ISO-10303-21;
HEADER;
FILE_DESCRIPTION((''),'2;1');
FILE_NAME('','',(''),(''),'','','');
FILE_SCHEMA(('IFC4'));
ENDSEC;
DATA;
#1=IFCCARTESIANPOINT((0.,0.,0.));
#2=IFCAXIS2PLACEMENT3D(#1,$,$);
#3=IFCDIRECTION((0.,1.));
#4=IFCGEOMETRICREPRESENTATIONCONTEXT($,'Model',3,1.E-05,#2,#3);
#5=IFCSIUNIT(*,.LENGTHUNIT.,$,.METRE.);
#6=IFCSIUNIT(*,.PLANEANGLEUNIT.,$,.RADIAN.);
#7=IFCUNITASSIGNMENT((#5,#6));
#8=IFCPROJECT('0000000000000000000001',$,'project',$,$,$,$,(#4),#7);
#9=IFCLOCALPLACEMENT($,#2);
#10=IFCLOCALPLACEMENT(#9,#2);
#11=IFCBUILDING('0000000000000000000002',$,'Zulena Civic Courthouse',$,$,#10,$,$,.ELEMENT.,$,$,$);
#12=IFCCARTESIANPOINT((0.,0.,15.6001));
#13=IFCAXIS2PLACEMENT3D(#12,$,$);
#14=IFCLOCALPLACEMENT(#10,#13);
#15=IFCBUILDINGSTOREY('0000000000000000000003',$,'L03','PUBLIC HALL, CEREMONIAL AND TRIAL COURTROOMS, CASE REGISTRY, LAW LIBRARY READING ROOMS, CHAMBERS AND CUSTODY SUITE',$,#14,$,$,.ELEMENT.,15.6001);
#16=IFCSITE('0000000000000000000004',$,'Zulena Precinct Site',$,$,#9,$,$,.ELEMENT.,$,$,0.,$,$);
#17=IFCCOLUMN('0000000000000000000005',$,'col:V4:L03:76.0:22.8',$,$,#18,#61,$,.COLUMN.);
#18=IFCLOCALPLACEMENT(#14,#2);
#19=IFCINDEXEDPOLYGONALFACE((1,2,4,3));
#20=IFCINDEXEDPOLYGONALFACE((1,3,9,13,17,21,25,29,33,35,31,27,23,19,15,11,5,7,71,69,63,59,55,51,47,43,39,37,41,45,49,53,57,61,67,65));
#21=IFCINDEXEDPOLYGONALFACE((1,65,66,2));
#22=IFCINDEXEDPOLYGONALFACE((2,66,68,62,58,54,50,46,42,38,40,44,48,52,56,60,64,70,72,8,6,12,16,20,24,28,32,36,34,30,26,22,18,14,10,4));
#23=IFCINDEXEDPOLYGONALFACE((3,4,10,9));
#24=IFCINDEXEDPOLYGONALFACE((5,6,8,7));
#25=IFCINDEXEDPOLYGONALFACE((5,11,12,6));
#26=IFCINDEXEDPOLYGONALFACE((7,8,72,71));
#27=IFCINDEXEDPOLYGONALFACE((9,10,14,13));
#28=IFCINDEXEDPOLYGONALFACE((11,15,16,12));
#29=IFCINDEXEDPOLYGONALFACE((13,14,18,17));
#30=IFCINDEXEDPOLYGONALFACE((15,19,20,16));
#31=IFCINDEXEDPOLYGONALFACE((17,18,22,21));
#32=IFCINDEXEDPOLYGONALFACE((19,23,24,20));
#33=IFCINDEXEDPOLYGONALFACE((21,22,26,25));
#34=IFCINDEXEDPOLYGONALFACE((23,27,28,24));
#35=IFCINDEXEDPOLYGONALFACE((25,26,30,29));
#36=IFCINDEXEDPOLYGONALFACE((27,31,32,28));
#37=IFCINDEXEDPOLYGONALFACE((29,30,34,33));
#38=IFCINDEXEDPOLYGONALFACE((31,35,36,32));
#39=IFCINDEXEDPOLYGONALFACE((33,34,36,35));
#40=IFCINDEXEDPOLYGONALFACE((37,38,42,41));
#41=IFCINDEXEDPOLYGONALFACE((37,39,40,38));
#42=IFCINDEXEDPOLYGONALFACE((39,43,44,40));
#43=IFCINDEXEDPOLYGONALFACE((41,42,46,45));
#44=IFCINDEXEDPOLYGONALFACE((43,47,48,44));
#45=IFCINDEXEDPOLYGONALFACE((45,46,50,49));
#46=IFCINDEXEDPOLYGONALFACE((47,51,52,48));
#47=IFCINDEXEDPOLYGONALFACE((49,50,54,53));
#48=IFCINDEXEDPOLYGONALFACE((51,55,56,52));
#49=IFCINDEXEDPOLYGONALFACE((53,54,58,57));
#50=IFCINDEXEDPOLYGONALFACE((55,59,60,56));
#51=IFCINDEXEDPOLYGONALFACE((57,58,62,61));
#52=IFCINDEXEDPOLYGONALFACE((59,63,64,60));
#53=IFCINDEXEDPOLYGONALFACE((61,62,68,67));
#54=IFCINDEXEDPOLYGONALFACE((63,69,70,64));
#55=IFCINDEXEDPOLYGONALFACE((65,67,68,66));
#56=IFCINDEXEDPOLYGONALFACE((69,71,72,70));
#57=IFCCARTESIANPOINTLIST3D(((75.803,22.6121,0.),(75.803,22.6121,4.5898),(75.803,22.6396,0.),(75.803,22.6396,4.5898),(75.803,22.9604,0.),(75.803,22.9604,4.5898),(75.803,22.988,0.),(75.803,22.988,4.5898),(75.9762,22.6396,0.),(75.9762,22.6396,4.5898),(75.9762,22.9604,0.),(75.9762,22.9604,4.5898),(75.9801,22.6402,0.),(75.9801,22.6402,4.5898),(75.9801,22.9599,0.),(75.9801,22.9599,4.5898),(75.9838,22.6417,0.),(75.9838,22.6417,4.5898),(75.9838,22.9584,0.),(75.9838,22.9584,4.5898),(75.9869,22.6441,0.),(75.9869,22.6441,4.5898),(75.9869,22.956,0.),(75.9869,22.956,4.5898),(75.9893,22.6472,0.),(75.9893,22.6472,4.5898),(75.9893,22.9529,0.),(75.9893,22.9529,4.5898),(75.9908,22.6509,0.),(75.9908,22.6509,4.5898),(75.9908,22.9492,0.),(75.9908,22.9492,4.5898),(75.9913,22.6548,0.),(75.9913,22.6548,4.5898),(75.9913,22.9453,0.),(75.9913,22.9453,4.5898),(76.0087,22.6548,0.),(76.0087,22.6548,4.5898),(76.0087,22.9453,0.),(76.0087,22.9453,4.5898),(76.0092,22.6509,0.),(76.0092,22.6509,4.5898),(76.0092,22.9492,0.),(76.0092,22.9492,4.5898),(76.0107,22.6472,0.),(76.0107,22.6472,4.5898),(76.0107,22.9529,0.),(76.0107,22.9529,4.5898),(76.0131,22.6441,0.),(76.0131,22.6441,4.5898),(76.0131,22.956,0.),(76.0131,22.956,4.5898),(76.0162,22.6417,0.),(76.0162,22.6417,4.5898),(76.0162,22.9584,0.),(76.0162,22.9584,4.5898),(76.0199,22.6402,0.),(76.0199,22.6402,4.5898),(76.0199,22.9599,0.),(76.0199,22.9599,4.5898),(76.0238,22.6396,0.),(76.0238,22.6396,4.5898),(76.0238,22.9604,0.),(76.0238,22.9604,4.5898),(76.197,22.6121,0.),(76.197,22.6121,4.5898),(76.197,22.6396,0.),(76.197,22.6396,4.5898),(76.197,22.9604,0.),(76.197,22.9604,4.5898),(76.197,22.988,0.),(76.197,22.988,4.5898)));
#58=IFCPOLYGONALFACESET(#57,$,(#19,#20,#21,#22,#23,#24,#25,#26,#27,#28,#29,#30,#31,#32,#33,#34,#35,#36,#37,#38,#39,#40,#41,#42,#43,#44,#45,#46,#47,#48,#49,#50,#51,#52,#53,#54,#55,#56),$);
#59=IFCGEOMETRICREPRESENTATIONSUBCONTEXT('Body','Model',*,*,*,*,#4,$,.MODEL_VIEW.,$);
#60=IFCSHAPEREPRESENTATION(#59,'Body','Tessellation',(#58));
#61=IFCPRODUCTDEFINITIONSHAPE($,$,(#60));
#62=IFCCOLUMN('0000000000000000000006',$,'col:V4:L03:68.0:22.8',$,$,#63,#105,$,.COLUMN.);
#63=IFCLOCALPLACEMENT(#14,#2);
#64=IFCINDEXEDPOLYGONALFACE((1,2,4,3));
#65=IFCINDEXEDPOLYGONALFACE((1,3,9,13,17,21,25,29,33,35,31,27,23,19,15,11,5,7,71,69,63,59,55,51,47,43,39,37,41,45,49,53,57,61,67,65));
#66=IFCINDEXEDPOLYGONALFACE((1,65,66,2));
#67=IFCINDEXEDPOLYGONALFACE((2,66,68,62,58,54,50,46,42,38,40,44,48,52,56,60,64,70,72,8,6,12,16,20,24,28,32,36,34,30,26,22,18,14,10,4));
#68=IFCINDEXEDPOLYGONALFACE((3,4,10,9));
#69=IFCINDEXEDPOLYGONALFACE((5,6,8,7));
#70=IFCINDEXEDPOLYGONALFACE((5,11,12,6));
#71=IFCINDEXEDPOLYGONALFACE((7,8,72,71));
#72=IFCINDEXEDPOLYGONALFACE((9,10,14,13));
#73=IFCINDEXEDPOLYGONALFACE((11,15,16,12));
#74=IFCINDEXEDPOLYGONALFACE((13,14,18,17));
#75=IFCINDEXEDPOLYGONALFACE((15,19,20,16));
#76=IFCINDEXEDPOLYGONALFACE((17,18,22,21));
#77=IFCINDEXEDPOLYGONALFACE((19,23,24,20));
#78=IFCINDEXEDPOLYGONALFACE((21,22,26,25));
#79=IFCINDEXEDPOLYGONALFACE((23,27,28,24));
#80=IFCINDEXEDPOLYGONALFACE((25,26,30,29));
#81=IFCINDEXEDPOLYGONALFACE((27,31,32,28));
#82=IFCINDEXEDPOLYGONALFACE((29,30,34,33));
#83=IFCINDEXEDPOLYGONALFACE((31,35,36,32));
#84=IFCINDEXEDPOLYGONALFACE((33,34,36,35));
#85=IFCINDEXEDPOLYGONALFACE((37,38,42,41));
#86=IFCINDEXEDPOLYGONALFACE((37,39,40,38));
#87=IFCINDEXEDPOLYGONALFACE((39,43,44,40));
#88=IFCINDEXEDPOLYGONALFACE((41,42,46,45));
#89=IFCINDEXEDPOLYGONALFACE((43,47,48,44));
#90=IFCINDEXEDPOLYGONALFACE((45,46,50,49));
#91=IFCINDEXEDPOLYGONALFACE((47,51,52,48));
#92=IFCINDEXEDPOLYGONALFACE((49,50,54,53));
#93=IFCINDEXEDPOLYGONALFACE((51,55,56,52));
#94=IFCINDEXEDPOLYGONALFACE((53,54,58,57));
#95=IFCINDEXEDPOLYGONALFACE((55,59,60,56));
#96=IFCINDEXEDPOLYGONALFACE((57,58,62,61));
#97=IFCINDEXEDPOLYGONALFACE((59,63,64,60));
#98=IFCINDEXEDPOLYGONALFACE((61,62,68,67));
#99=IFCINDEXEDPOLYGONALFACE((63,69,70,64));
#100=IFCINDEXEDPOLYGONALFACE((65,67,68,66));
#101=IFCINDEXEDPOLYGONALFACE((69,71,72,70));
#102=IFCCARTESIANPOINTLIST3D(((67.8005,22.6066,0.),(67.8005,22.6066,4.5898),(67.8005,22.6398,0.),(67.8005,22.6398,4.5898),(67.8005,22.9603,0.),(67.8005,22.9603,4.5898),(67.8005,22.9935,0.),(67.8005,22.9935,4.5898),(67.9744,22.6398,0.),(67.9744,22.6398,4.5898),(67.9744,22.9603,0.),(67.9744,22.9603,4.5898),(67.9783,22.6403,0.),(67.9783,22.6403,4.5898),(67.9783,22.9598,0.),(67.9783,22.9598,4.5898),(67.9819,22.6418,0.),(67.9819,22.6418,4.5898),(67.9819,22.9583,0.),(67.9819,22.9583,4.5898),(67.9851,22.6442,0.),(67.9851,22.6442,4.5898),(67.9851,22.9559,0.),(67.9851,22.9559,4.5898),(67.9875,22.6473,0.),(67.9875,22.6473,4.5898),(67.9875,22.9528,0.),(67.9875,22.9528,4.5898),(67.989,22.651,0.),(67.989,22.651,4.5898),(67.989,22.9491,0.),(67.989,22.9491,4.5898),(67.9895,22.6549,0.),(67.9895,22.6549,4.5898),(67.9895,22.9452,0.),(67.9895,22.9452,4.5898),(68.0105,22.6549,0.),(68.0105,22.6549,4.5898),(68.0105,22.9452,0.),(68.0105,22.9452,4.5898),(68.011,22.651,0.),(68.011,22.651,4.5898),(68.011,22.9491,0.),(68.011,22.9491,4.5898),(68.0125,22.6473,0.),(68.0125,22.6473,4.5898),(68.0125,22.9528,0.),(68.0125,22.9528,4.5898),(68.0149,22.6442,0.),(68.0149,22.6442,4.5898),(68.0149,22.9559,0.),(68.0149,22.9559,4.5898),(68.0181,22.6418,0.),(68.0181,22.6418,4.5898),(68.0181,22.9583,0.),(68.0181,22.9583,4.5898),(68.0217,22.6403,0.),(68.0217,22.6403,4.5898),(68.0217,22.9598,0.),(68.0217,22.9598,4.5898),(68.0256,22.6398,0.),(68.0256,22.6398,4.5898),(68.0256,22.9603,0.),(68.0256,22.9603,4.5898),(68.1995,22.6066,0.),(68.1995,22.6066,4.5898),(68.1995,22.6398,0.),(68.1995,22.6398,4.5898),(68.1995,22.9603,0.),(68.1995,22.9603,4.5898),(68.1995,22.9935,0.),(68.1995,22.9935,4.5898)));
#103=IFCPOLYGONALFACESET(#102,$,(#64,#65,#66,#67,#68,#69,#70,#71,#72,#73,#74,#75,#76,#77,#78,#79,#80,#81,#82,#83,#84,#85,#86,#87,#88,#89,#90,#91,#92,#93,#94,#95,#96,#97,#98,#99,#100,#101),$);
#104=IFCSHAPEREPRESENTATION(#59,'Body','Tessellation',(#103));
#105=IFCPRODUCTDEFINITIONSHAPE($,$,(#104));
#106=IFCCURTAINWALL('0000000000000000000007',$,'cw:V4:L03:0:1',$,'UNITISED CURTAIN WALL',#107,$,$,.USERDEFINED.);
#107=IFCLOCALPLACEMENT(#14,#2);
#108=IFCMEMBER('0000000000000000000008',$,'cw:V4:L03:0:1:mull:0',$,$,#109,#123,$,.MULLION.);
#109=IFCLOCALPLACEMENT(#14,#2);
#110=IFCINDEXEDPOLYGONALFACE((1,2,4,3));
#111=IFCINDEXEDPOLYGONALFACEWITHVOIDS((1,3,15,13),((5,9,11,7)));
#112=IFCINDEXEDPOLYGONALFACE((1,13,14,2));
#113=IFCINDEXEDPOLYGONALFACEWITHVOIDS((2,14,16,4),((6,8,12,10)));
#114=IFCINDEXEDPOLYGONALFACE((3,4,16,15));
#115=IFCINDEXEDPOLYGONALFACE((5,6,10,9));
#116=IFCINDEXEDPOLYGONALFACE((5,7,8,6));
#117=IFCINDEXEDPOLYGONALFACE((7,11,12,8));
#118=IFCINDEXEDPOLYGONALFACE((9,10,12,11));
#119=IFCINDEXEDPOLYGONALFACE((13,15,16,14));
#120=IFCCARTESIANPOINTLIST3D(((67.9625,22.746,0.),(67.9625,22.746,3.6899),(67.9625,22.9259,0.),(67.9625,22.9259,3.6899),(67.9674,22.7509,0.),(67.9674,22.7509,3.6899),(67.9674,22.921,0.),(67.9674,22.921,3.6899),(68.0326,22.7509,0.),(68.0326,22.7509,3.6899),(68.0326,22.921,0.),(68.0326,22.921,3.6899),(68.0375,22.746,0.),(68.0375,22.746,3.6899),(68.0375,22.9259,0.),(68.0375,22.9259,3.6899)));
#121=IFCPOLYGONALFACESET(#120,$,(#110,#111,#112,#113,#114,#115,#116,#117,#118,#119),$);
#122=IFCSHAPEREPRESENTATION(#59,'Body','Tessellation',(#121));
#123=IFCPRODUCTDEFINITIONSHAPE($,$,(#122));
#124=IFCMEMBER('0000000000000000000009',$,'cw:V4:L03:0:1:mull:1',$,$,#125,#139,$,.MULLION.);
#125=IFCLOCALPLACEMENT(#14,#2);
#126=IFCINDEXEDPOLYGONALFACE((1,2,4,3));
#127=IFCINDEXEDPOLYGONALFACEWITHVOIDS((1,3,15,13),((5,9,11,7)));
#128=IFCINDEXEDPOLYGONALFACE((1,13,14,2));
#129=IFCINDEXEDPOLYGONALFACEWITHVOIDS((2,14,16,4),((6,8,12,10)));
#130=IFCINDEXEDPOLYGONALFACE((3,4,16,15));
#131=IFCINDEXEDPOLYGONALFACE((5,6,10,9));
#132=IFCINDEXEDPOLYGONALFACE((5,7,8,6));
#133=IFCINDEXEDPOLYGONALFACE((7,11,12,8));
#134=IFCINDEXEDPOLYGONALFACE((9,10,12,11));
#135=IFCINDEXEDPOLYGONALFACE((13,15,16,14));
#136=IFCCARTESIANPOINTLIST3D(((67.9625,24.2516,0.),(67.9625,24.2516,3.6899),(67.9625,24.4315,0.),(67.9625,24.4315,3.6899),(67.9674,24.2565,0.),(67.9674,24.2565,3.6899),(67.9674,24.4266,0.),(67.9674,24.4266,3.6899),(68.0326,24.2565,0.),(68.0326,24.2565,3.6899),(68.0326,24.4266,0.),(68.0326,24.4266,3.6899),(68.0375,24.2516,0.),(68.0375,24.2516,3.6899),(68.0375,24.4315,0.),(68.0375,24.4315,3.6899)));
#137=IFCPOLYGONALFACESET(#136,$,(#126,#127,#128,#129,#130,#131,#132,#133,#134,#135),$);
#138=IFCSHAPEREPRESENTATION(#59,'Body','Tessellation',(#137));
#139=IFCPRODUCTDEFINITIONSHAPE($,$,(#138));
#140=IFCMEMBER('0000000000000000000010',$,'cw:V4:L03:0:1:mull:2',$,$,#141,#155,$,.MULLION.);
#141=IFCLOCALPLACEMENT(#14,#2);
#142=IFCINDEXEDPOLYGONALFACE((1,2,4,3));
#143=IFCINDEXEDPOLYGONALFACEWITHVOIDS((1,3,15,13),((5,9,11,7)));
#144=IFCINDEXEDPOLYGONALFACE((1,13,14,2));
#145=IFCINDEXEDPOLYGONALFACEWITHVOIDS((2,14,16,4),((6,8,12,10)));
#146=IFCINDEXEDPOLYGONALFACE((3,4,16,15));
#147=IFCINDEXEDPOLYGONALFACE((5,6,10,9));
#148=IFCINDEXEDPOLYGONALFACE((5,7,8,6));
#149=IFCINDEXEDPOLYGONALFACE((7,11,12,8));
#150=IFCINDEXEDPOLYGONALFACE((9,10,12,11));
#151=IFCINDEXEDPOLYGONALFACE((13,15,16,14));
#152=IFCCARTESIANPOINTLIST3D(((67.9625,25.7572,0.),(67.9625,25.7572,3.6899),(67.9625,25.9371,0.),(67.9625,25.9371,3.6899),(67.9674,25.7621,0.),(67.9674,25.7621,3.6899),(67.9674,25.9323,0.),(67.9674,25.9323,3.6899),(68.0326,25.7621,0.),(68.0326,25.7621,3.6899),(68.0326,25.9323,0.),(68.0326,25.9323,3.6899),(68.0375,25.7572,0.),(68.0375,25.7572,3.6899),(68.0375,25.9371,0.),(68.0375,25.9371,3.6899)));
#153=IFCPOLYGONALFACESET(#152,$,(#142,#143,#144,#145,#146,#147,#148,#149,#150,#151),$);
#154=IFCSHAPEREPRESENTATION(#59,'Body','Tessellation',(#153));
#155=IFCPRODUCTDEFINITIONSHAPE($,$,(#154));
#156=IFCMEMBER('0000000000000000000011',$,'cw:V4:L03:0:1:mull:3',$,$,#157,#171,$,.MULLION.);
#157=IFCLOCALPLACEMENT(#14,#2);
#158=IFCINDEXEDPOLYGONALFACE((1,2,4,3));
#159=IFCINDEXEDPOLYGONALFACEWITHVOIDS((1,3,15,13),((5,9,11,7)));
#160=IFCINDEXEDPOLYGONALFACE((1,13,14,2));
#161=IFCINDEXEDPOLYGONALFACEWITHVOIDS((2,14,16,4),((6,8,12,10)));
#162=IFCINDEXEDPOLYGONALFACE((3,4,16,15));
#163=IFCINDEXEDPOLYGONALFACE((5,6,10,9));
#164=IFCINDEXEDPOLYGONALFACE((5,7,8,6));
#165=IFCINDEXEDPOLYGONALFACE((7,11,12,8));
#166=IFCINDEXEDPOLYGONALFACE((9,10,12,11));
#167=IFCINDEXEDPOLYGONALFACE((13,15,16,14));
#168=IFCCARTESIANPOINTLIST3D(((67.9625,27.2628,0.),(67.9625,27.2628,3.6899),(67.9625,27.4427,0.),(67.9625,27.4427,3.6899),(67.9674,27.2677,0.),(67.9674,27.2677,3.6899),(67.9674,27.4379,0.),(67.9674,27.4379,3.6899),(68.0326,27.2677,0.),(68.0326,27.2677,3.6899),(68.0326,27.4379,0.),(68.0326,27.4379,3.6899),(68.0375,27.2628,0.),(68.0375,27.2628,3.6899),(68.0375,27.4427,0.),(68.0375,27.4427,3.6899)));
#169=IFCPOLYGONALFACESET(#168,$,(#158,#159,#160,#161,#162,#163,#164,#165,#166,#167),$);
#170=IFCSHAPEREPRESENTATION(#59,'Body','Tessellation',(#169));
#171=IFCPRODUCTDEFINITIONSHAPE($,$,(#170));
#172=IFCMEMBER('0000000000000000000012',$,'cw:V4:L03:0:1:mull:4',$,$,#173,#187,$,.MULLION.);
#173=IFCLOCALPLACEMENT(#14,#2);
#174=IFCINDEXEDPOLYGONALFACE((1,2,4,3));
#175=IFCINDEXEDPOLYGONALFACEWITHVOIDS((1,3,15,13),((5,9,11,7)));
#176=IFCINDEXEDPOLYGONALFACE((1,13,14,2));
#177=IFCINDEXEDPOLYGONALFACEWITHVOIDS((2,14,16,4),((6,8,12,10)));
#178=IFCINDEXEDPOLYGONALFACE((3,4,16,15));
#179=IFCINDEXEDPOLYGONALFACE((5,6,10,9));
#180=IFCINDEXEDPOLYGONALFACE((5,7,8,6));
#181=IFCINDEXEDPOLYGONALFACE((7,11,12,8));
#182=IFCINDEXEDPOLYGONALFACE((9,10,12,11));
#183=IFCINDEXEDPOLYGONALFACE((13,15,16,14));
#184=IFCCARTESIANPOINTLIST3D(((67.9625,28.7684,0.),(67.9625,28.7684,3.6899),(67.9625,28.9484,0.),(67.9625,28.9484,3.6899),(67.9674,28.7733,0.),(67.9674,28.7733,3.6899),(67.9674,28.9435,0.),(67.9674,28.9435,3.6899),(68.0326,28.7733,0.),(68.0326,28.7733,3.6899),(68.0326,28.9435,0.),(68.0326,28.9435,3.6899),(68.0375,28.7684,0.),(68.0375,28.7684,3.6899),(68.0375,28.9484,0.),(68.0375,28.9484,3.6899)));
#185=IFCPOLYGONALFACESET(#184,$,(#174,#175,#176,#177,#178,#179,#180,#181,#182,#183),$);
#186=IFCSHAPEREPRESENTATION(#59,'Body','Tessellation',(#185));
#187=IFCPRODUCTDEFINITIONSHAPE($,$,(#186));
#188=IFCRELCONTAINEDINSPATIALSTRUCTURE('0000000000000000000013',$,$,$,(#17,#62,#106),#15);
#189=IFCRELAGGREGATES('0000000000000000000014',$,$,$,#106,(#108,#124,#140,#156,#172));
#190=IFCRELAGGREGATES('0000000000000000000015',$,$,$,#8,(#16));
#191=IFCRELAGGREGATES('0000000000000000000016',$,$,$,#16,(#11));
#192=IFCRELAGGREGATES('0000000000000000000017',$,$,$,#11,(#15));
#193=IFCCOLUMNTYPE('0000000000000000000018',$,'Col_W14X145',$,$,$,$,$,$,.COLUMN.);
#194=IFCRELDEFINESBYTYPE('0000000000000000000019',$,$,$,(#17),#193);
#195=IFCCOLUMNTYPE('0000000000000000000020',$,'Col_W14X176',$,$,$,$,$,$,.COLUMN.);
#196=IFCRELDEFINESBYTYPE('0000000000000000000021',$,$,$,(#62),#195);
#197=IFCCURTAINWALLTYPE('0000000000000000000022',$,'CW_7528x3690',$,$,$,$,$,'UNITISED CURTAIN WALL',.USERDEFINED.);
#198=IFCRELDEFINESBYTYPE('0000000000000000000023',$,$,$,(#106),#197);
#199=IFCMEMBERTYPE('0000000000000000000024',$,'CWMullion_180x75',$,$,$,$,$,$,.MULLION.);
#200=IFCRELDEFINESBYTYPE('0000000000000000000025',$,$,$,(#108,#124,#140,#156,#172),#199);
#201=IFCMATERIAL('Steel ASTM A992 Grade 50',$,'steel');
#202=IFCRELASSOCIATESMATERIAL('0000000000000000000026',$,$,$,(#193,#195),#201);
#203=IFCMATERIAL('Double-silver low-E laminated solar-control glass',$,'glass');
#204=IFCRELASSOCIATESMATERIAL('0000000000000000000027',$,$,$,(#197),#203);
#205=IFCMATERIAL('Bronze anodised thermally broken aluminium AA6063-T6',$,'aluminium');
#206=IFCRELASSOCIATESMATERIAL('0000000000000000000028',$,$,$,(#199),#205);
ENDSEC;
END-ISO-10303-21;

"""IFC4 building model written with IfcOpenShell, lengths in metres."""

from ifc_helpers import new_model, si_unit, direction, frame, origin, origin_2d, place, context, subcontext, project, spatial, hollow_rectangle, i_section, extrude, material, material_profile, profile_set, type_object, element, aggregate, save


model = new_model("IFC4")

# Units and contexts
model_context = context("Model", 3, precision=1e-05, world=origin(), true_north=direction((0.0, 1.0)))
body_context = subcontext(model_context, "Body", "Model", "MODEL_VIEW")
ifc_project = project(units=[si_unit("LENGTHUNIT", "METRE"), si_unit("PLANEANGLEUNIT", "RADIAN")], contexts=[model_context])

# Site, building, storey
site_placement = place(None, origin())
site = spatial("IfcSite", under=ifc_project, at=site_placement, Name="Zulena Precinct Site", CompositionType="ELEMENT", RefElevation=0.0)
building_placement = place(site_placement, origin())
building = spatial("IfcBuilding", under=site, at=building_placement, Name="Zulena Civic Courthouse", CompositionType="ELEMENT")
storey_placement = place(building_placement, frame((0.0, 0.0, 15.6001)))
storey = spatial("IfcBuildingStorey", under=building, at=storey_placement, Name="L03", Description="PUBLIC HALL, CEREMONIAL AND TRIAL COURTROOMS, CASE REGISTRY, LAW LIBRARY READING ROOMS, CHAMBERS AND CUSTODY SUITE", CompositionType="ELEMENT", Elevation=15.6001)

# Columns
ifc_material_1 = material(Name="Steel ASTM A992 Grade 50", Category="steel")
ifc_material_profile_1 = material_profile(ifc_material_1, i_section(OverallWidth=0.394, OverallDepth=0.376, WebThickness=0.0173, FlangeThickness=0.0276, FilletRadius=0.0151, at=origin_2d()), Name="W14X145")
ifc_profile_set_1 = profile_set([ifc_material_profile_1], Name="Steel ASTM A992 Grade 50")
column_type_1 = type_object("IfcColumnType", Name="Col_W14X145", PredefinedType="COLUMN", material=ifc_profile_set_1)
column_1_placement = place(storey_placement, frame((76.0, 22.8, 0.0), z_axis=(0.0, 0.0, 1.0), x_axis=(1.0, 0.0, 0.0)))
element("IfcColumn", 1, at=column_1_placement, inside=storey, type_object=column_type_1, Name="col:V4:L03:76.0:22.8", PredefinedType="COLUMN", context=body_context, shape_type="SweptSolid", body=[
    extrude(i_section(OverallWidth=0.394, OverallDepth=0.376, WebThickness=0.0173, FlangeThickness=0.0276, FilletRadius=0.0151, at=origin_2d()), origin(), (0.0, 0.0, 1.0), 4.5898),
])
ifc_material_profile_2 = material_profile(ifc_material_1, i_section(OverallWidth=0.3989, OverallDepth=0.387, WebThickness=0.021, FlangeThickness=0.0332, FilletRadius=0.0151, at=origin_2d()), Name="W14X176")
ifc_profile_set_2 = profile_set([ifc_material_profile_2], Name="Steel ASTM A992 Grade 50")
column_type_2 = type_object("IfcColumnType", Name="Col_W14X176", PredefinedType="COLUMN", material=ifc_profile_set_2)
column_2_placement = place(storey_placement, frame((68.0, 22.8, 0.0), z_axis=(0.0, 0.0, 1.0), x_axis=(1.0, 0.0, 0.0)))
element("IfcColumn", 2, at=column_2_placement, inside=storey, type_object=column_type_2, Name="col:V4:L03:68.0:22.8", PredefinedType="COLUMN", context=body_context, shape_type="SweptSolid", body=[
    extrude(i_section(OverallWidth=0.3989, OverallDepth=0.387, WebThickness=0.021, FlangeThickness=0.0332, FilletRadius=0.0151, at=origin_2d()), origin(), (0.0, 0.0, 1.0), 4.5898),
])

# Curtain wall, members
ifc_material_2 = material(Name="Double-silver low-E laminated solar-control glass", Category="glass")
curtain_wall_type = type_object("IfcCurtainWallType", Name="CW_7528x3690", ElementType="UNITISED CURTAIN WALL", PredefinedType="USERDEFINED", material=ifc_material_2)
curtain_wall_placement = place(storey_placement, origin())
curtain_wall = element("IfcCurtainWall", 3, at=curtain_wall_placement, inside=storey, type_object=curtain_wall_type, Name="cw:V4:L03:0:1", ObjectType="UNITISED CURTAIN WALL", PredefinedType="USERDEFINED")
ifc_material_3 = material(Name="Bronze anodised thermally broken aluminium AA6063-T6", Category="aluminium")
ifc_material_profile_3 = material_profile(ifc_material_3, hollow_rectangle(XDim=0.075, YDim=0.1799, WallThickness=0.0049, at=origin_2d()), Name="CWM180X75X5")
ifc_profile_set_3 = profile_set([ifc_material_profile_3], Name="Bronze anodised thermally broken aluminium AA6063-T6")
member_type_1 = type_object("IfcMemberType", Name="CWMullion_180x75", PredefinedType="MULLION", material=ifc_profile_set_3)
member_1_placement = place(storey_placement, frame((68.0, 22.8359, 0.0), z_axis=(0.0, 0.0, 1.0), x_axis=(1.0, 0.0, 0.0)))
member_1 = element("IfcMember", 4, at=member_1_placement, type_object=member_type_1, Name="cw:V4:L03:0:1:mull:0", PredefinedType="MULLION", context=body_context, shape_type="SweptSolid", body=[
    extrude(hollow_rectangle(XDim=0.075, YDim=0.1799, WallThickness=0.0049, at=origin_2d()), origin(), (0.0, 0.0, 1.0), 3.6899),
])
member_2_placement = place(storey_placement, frame((68.0, 24.3416, 0.0), z_axis=(0.0, 0.0, 1.0), x_axis=(1.0, 0.0, 0.0)))
member_2 = element("IfcMember", 5, at=member_2_placement, type_object=member_type_1, Name="cw:V4:L03:0:1:mull:1", PredefinedType="MULLION", context=body_context, shape_type="SweptSolid", body=[
    extrude(hollow_rectangle(XDim=0.075, YDim=0.1799, WallThickness=0.0049, at=origin_2d()), origin(), (0.0, 0.0, 1.0), 3.6899),
])
member_3_placement = place(storey_placement, frame((68.0, 25.8472, 0.0), z_axis=(0.0, 0.0, 1.0), x_axis=(1.0, 0.0, 0.0)))
member_3 = element("IfcMember", 6, at=member_3_placement, type_object=member_type_1, Name="cw:V4:L03:0:1:mull:2", PredefinedType="MULLION", context=body_context, shape_type="SweptSolid", body=[
    extrude(hollow_rectangle(XDim=0.075, YDim=0.1799, WallThickness=0.0049, at=origin_2d()), origin(), (0.0, 0.0, 1.0), 3.6899),
])
member_4_placement = place(storey_placement, frame((68.0, 27.3528, 0.0), z_axis=(0.0, 0.0, 1.0), x_axis=(1.0, 0.0, 0.0)))
member_4 = element("IfcMember", 7, at=member_4_placement, type_object=member_type_1, Name="cw:V4:L03:0:1:mull:3", PredefinedType="MULLION", context=body_context, shape_type="SweptSolid", body=[
    extrude(hollow_rectangle(XDim=0.075, YDim=0.1799, WallThickness=0.0049, at=origin_2d()), origin(), (0.0, 0.0, 1.0), 3.6899),
])
member_5_placement = place(storey_placement, frame((68.0, 28.8584, 0.0), z_axis=(0.0, 0.0, 1.0), x_axis=(1.0, 0.0, 0.0)))
member_5 = element("IfcMember", 8, at=member_5_placement, type_object=member_type_1, Name="cw:V4:L03:0:1:mull:4", PredefinedType="MULLION", context=body_context, shape_type="SweptSolid", body=[
    extrude(hollow_rectangle(XDim=0.075, YDim=0.1799, WallThickness=0.0049, at=origin_2d()), origin(), (0.0, 0.0, 1.0), 3.6899),
])

aggregate(curtain_wall, [member_1, member_2, member_3, member_4, member_5])

save(model, "model.ifc")
